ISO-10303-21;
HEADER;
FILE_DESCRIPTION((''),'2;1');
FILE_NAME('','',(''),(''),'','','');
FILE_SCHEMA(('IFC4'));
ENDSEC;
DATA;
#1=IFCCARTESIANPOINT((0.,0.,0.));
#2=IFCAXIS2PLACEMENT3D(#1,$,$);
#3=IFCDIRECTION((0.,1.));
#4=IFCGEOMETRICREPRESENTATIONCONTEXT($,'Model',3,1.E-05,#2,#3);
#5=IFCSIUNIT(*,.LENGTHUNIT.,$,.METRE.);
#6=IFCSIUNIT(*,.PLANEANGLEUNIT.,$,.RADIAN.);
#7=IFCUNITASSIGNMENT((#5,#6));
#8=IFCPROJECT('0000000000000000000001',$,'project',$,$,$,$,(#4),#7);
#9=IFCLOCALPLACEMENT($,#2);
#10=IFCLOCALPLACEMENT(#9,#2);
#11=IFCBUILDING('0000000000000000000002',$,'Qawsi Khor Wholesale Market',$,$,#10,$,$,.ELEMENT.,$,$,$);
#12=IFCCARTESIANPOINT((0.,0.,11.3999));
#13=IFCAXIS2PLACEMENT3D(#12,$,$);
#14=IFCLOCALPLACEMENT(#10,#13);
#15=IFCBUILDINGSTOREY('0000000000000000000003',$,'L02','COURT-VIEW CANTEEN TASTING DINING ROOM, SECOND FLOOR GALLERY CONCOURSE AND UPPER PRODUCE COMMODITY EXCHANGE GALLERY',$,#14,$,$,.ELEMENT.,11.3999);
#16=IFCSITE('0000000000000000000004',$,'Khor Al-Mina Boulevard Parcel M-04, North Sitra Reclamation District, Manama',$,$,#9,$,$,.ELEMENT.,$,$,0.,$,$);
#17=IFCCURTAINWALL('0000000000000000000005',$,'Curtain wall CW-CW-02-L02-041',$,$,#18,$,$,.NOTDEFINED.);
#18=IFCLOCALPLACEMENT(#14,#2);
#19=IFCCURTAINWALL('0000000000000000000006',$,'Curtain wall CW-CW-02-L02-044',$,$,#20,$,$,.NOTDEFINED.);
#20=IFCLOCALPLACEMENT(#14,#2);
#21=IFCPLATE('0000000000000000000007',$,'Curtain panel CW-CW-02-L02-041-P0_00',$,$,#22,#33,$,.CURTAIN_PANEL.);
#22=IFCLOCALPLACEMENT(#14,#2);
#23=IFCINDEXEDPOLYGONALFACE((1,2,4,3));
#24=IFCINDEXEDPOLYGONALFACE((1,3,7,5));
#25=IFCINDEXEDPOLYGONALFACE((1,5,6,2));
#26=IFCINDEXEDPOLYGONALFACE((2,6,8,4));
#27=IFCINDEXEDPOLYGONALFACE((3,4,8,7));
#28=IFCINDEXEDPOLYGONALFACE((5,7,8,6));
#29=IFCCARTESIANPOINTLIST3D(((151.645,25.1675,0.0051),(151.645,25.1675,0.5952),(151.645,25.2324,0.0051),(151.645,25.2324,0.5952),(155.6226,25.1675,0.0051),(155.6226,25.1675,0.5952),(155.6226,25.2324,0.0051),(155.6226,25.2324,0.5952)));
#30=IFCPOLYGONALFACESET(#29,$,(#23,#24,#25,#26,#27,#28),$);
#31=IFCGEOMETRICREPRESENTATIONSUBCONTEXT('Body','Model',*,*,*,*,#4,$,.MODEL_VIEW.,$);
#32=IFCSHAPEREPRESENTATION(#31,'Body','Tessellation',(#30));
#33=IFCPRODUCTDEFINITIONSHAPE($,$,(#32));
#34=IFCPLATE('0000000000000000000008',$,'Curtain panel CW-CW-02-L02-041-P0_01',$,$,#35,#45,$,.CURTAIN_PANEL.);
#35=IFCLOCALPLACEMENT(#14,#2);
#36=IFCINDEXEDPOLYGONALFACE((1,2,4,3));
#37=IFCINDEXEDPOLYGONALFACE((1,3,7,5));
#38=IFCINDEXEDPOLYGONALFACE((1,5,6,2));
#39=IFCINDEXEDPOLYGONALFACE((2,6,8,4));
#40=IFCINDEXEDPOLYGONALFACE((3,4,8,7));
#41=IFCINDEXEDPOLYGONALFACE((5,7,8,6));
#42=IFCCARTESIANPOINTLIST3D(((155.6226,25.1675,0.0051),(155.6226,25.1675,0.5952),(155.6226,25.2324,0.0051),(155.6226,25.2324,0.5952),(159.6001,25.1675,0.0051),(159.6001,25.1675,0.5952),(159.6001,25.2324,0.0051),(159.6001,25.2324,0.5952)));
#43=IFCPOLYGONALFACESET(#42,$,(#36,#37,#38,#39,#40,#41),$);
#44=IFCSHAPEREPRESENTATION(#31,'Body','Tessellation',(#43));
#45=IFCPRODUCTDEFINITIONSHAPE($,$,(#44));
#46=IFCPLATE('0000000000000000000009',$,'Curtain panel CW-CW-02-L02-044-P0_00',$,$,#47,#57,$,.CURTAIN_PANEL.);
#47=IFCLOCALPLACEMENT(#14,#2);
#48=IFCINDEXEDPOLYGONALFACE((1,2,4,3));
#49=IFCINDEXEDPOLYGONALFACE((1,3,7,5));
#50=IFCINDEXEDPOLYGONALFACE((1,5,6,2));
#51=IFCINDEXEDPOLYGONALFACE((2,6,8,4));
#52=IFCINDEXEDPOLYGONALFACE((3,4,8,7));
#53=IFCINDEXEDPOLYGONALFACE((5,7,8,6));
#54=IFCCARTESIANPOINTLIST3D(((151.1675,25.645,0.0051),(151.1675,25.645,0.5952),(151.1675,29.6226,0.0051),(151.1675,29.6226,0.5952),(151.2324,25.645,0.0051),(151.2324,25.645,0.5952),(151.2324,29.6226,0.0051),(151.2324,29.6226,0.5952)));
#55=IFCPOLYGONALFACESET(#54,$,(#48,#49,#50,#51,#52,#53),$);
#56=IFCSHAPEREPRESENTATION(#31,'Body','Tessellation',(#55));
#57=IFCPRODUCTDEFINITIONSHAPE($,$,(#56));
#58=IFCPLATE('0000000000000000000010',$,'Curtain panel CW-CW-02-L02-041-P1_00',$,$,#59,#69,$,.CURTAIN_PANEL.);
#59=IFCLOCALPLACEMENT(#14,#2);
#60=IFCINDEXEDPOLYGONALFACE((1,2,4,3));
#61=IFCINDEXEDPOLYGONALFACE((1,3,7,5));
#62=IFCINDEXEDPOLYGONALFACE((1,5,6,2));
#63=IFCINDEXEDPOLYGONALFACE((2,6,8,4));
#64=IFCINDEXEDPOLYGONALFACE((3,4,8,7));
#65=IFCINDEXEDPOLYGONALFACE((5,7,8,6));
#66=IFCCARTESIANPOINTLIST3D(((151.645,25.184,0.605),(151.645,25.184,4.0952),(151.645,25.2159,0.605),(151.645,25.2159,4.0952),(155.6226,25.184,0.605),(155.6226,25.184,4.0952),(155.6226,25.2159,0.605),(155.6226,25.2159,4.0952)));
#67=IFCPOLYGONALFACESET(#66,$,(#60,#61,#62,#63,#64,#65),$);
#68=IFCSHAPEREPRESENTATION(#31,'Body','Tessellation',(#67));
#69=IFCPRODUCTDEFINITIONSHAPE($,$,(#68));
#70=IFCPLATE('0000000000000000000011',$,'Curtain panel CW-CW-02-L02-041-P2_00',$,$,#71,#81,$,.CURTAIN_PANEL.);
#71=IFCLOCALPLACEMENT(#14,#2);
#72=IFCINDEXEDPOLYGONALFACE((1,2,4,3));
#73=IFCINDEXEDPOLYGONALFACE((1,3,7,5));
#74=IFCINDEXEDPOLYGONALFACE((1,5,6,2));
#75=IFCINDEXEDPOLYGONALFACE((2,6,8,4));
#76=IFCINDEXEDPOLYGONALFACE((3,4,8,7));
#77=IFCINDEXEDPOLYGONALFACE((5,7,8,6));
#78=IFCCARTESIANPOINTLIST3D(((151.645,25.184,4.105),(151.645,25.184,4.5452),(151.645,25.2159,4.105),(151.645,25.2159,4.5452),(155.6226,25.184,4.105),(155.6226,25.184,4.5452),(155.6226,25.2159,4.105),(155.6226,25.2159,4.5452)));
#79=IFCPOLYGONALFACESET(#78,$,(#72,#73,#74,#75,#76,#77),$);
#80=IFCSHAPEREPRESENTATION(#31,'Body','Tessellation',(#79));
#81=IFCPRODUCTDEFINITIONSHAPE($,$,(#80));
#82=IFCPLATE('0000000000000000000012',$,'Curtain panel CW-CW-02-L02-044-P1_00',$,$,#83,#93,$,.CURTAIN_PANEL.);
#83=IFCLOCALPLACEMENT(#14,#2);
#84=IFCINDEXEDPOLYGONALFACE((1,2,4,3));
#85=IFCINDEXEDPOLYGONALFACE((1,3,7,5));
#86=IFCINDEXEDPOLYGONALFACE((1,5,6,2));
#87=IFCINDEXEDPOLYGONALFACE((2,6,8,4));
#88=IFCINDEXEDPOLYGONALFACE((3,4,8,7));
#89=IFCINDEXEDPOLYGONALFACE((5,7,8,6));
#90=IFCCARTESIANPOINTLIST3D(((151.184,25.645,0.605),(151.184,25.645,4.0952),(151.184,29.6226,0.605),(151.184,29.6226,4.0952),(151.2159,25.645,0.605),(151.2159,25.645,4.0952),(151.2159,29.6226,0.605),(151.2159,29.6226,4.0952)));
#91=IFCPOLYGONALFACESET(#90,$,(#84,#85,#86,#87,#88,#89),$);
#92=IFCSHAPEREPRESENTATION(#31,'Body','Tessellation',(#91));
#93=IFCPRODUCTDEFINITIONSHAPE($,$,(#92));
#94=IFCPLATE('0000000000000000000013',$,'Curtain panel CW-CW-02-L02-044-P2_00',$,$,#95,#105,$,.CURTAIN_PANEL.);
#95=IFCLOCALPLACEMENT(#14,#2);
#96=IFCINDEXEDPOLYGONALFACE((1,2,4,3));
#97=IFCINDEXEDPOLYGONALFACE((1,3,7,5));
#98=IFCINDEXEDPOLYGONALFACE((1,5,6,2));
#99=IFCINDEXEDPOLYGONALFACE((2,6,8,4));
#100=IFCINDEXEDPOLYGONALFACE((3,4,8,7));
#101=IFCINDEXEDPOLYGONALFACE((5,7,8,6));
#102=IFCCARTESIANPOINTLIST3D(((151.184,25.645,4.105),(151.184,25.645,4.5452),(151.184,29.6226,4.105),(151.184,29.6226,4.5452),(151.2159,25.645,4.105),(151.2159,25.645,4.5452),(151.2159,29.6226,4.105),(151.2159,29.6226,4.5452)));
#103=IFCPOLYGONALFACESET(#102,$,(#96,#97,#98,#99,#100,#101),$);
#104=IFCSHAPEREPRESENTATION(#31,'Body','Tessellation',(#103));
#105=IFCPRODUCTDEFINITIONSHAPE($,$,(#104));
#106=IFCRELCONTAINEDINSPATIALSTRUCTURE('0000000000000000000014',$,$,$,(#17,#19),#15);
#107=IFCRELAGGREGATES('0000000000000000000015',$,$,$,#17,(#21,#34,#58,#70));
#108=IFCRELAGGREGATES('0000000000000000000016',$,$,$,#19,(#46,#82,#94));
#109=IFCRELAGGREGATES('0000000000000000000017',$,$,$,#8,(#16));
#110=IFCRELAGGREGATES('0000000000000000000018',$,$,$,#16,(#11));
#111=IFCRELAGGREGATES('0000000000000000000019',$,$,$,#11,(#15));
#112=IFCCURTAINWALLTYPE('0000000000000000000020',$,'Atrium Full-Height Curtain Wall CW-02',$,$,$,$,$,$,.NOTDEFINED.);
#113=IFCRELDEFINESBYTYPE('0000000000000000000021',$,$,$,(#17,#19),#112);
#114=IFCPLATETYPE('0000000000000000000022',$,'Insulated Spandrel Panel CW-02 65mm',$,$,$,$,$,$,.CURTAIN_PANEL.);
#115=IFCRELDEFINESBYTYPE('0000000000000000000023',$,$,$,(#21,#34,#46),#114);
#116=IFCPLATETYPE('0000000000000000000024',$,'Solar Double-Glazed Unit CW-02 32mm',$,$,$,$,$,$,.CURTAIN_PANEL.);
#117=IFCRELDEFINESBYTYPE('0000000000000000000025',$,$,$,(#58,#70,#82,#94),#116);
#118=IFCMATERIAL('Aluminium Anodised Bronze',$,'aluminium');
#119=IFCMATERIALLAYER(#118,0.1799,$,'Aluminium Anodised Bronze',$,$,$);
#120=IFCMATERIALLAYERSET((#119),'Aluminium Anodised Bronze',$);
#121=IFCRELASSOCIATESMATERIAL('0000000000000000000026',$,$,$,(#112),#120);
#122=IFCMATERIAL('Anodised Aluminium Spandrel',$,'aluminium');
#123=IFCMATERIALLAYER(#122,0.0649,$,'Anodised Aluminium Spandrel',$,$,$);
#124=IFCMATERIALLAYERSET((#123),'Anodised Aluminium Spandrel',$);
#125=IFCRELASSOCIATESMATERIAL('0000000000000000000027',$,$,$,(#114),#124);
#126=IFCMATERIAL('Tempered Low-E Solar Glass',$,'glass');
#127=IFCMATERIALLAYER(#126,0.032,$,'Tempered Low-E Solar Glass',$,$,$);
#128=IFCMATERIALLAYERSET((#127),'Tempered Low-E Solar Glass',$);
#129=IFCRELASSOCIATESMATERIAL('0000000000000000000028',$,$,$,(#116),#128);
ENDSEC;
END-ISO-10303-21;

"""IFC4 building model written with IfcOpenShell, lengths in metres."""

from ifc_helpers import new_model, si_unit, direction, frame, frame_2d, origin, place, context, subcontext, project, spatial, rectangle, extrude, material, layer, layer_set, type_object, element, aggregate, save


model = new_model("IFC4")

# Units and contexts
model_context = context("Model", 3, precision=1e-05, world=origin(), true_north=direction((0.0, 1.0)))
body_context = subcontext(model_context, "Body", "Model", "MODEL_VIEW")
ifc_project = project(units=[si_unit("LENGTHUNIT", "METRE"), si_unit("PLANEANGLEUNIT", "RADIAN")], contexts=[model_context])

# Site, building, storey
site_placement = place(None, origin())
site = spatial("IfcSite", under=ifc_project, at=site_placement, Name="Khor Al-Mina Boulevard Parcel M-04, North Sitra Reclamation District, Manama", CompositionType="ELEMENT", RefElevation=0.0)
building_placement = place(site_placement, origin())
building = spatial("IfcBuilding", under=site, at=building_placement, Name="Qawsi Khor Wholesale Market", CompositionType="ELEMENT")
storey_placement = place(building_placement, frame((0.0, 0.0, 11.3999)))
storey = spatial("IfcBuildingStorey", under=building, at=storey_placement, Name="L02", Description="COURT-VIEW CANTEEN TASTING DINING ROOM, SECOND FLOOR GALLERY CONCOURSE AND UPPER PRODUCE COMMODITY EXCHANGE GALLERY", CompositionType="ELEMENT", Elevation=11.3999)

# Curtain wall
ifc_material_1 = material(Name="Aluminium Anodised Bronze", Category="aluminium")
ifc_layer_1 = layer(ifc_material_1, 0.1799, Name="Aluminium Anodised Bronze")
ifc_layer_set_1 = layer_set([ifc_layer_1], Name="Aluminium Anodised Bronze")
curtain_wall_type = type_object("IfcCurtainWallType", Name="Atrium Full-Height Curtain Wall CW-02", PredefinedType="NOTDEFINED", material=ifc_layer_set_1)
curtain_wall_1_placement = place(storey_placement, origin())
curtain_wall_1 = element("IfcCurtainWall", 1, at=curtain_wall_1_placement, inside=storey, type_object=curtain_wall_type, Name="Curtain wall CW-CW-02-L02-041", PredefinedType="NOTDEFINED")

# Curtain wall
curtain_wall_2_placement = place(storey_placement, origin())
curtain_wall_2 = element("IfcCurtainWall", 2, at=curtain_wall_2_placement, inside=storey, type_object=curtain_wall_type, Name="Curtain wall CW-CW-02-L02-044", PredefinedType="NOTDEFINED")

# Plates
ifc_material_2 = material(Name="Anodised Aluminium Spandrel", Category="aluminium")
ifc_layer_2 = layer(ifc_material_2, 0.0649, Name="Anodised Aluminium Spandrel")
ifc_layer_set_2 = layer_set([ifc_layer_2], Name="Anodised Aluminium Spandrel")
plate_type_1 = type_object("IfcPlateType", Name="Insulated Spandrel Panel CW-02 65mm", PredefinedType="CURTAIN_PANEL", material=ifc_layer_set_2)
plate_1_placement = place(storey_placement, frame((151.645, 25.2, 0.0051), z_axis=(0.0, 0.0, 1.0), x_axis=(1.0, 0.0, 0.0)))
plate_1 = element("IfcPlate", 3, at=plate_1_placement, type_object=plate_type_1, Name="Curtain panel CW-CW-02-L02-041-P0_00", PredefinedType="CURTAIN_PANEL", context=body_context, shape_type="SweptSolid", body=[
    extrude(rectangle(XDim=3.9775, YDim=0.0649, at=frame_2d((1.9888, 0.0))), origin(), (0.0, 0.0, 1.0), 0.5901),
])
plate_2_placement = place(storey_placement, frame((155.6226, 25.2, 0.0051), z_axis=(0.0, 0.0, 1.0), x_axis=(1.0, 0.0, 0.0)))
plate_2 = element("IfcPlate", 4, at=plate_2_placement, type_object=plate_type_1, Name="Curtain panel CW-CW-02-L02-041-P0_01", PredefinedType="CURTAIN_PANEL", context=body_context, shape_type="SweptSolid", body=[
    extrude(rectangle(XDim=3.9775, YDim=0.0649, at=frame_2d((1.9888, 0.0))), origin(), (0.0, 0.0, 1.0), 0.5901),
])
plate_3_placement = place(storey_placement, frame((151.2, 25.645, 0.0051), z_axis=(0.0, 0.0, 1.0), x_axis=(0.0, 1.0, 0.0)))
plate_3 = element("IfcPlate", 5, at=plate_3_placement, type_object=plate_type_1, Name="Curtain panel CW-CW-02-L02-044-P0_00", PredefinedType="CURTAIN_PANEL", context=body_context, shape_type="SweptSolid", body=[
    extrude(rectangle(XDim=3.9775, YDim=0.0649, at=frame_2d((1.9888, 0.0))), origin(), (0.0, 0.0, 1.0), 0.5901),
])
ifc_material_3 = material(Name="Tempered Low-E Solar Glass", Category="glass")
ifc_layer_3 = layer(ifc_material_3, 0.032, Name="Tempered Low-E Solar Glass")
ifc_layer_set_3 = layer_set([ifc_layer_3], Name="Tempered Low-E Solar Glass")
plate_type_2 = type_object("IfcPlateType", Name="Solar Double-Glazed Unit CW-02 32mm", PredefinedType="CURTAIN_PANEL", material=ifc_layer_set_3)
plate_4_placement = place(storey_placement, frame((151.645, 25.2, 0.605), z_axis=(0.0, 0.0, 1.0), x_axis=(1.0, 0.0, 0.0)))
plate_4 = element("IfcPlate", 6, at=plate_4_placement, type_object=plate_type_2, Name="Curtain panel CW-CW-02-L02-041-P1_00", PredefinedType="CURTAIN_PANEL", context=body_context, shape_type="SweptSolid", body=[
    extrude(rectangle(XDim=3.9775, YDim=0.032, at=frame_2d((1.9888, 0.0))), origin(), (0.0, 0.0, 1.0), 3.4902),
])
plate_5_placement = place(storey_placement, frame((151.645, 25.2, 4.105), z_axis=(0.0, 0.0, 1.0), x_axis=(1.0, 0.0, 0.0)))
plate_5 = element("IfcPlate", 7, at=plate_5_placement, type_object=plate_type_2, Name="Curtain panel CW-CW-02-L02-041-P2_00", PredefinedType="CURTAIN_PANEL", context=body_context, shape_type="SweptSolid", body=[
    extrude(rectangle(XDim=3.9775, YDim=0.032, at=frame_2d((1.9888, 0.0))), origin(), (0.0, 0.0, 1.0), 0.4402),
])
aggregate(curtain_wall_1, [plate_1, plate_2, plate_4, plate_5])
plate_6_placement = place(storey_placement, frame((151.2, 25.645, 0.605), z_axis=(0.0, 0.0, 1.0), x_axis=(0.0, 1.0, 0.0)))
plate_6 = element("IfcPlate", 8, at=plate_6_placement, type_object=plate_type_2, Name="Curtain panel CW-CW-02-L02-044-P1_00", PredefinedType="CURTAIN_PANEL", context=body_context, shape_type="SweptSolid", body=[
    extrude(rectangle(XDim=3.9775, YDim=0.032, at=frame_2d((1.9888, 0.0))), origin(), (0.0, 0.0, 1.0), 3.4902),
])
plate_7_placement = place(storey_placement, frame((151.2, 25.645, 4.105), z_axis=(0.0, 0.0, 1.0), x_axis=(0.0, 1.0, 0.0)))
plate_7 = element("IfcPlate", 9, at=plate_7_placement, type_object=plate_type_2, Name="Curtain panel CW-CW-02-L02-044-P2_00", PredefinedType="CURTAIN_PANEL", context=body_context, shape_type="SweptSolid", body=[
    extrude(rectangle(XDim=3.9775, YDim=0.032, at=frame_2d((1.9888, 0.0))), origin(), (0.0, 0.0, 1.0), 0.4402),
])
aggregate(curtain_wall_2, [plate_3, plate_6, plate_7])

save(model, "model.ifc")
